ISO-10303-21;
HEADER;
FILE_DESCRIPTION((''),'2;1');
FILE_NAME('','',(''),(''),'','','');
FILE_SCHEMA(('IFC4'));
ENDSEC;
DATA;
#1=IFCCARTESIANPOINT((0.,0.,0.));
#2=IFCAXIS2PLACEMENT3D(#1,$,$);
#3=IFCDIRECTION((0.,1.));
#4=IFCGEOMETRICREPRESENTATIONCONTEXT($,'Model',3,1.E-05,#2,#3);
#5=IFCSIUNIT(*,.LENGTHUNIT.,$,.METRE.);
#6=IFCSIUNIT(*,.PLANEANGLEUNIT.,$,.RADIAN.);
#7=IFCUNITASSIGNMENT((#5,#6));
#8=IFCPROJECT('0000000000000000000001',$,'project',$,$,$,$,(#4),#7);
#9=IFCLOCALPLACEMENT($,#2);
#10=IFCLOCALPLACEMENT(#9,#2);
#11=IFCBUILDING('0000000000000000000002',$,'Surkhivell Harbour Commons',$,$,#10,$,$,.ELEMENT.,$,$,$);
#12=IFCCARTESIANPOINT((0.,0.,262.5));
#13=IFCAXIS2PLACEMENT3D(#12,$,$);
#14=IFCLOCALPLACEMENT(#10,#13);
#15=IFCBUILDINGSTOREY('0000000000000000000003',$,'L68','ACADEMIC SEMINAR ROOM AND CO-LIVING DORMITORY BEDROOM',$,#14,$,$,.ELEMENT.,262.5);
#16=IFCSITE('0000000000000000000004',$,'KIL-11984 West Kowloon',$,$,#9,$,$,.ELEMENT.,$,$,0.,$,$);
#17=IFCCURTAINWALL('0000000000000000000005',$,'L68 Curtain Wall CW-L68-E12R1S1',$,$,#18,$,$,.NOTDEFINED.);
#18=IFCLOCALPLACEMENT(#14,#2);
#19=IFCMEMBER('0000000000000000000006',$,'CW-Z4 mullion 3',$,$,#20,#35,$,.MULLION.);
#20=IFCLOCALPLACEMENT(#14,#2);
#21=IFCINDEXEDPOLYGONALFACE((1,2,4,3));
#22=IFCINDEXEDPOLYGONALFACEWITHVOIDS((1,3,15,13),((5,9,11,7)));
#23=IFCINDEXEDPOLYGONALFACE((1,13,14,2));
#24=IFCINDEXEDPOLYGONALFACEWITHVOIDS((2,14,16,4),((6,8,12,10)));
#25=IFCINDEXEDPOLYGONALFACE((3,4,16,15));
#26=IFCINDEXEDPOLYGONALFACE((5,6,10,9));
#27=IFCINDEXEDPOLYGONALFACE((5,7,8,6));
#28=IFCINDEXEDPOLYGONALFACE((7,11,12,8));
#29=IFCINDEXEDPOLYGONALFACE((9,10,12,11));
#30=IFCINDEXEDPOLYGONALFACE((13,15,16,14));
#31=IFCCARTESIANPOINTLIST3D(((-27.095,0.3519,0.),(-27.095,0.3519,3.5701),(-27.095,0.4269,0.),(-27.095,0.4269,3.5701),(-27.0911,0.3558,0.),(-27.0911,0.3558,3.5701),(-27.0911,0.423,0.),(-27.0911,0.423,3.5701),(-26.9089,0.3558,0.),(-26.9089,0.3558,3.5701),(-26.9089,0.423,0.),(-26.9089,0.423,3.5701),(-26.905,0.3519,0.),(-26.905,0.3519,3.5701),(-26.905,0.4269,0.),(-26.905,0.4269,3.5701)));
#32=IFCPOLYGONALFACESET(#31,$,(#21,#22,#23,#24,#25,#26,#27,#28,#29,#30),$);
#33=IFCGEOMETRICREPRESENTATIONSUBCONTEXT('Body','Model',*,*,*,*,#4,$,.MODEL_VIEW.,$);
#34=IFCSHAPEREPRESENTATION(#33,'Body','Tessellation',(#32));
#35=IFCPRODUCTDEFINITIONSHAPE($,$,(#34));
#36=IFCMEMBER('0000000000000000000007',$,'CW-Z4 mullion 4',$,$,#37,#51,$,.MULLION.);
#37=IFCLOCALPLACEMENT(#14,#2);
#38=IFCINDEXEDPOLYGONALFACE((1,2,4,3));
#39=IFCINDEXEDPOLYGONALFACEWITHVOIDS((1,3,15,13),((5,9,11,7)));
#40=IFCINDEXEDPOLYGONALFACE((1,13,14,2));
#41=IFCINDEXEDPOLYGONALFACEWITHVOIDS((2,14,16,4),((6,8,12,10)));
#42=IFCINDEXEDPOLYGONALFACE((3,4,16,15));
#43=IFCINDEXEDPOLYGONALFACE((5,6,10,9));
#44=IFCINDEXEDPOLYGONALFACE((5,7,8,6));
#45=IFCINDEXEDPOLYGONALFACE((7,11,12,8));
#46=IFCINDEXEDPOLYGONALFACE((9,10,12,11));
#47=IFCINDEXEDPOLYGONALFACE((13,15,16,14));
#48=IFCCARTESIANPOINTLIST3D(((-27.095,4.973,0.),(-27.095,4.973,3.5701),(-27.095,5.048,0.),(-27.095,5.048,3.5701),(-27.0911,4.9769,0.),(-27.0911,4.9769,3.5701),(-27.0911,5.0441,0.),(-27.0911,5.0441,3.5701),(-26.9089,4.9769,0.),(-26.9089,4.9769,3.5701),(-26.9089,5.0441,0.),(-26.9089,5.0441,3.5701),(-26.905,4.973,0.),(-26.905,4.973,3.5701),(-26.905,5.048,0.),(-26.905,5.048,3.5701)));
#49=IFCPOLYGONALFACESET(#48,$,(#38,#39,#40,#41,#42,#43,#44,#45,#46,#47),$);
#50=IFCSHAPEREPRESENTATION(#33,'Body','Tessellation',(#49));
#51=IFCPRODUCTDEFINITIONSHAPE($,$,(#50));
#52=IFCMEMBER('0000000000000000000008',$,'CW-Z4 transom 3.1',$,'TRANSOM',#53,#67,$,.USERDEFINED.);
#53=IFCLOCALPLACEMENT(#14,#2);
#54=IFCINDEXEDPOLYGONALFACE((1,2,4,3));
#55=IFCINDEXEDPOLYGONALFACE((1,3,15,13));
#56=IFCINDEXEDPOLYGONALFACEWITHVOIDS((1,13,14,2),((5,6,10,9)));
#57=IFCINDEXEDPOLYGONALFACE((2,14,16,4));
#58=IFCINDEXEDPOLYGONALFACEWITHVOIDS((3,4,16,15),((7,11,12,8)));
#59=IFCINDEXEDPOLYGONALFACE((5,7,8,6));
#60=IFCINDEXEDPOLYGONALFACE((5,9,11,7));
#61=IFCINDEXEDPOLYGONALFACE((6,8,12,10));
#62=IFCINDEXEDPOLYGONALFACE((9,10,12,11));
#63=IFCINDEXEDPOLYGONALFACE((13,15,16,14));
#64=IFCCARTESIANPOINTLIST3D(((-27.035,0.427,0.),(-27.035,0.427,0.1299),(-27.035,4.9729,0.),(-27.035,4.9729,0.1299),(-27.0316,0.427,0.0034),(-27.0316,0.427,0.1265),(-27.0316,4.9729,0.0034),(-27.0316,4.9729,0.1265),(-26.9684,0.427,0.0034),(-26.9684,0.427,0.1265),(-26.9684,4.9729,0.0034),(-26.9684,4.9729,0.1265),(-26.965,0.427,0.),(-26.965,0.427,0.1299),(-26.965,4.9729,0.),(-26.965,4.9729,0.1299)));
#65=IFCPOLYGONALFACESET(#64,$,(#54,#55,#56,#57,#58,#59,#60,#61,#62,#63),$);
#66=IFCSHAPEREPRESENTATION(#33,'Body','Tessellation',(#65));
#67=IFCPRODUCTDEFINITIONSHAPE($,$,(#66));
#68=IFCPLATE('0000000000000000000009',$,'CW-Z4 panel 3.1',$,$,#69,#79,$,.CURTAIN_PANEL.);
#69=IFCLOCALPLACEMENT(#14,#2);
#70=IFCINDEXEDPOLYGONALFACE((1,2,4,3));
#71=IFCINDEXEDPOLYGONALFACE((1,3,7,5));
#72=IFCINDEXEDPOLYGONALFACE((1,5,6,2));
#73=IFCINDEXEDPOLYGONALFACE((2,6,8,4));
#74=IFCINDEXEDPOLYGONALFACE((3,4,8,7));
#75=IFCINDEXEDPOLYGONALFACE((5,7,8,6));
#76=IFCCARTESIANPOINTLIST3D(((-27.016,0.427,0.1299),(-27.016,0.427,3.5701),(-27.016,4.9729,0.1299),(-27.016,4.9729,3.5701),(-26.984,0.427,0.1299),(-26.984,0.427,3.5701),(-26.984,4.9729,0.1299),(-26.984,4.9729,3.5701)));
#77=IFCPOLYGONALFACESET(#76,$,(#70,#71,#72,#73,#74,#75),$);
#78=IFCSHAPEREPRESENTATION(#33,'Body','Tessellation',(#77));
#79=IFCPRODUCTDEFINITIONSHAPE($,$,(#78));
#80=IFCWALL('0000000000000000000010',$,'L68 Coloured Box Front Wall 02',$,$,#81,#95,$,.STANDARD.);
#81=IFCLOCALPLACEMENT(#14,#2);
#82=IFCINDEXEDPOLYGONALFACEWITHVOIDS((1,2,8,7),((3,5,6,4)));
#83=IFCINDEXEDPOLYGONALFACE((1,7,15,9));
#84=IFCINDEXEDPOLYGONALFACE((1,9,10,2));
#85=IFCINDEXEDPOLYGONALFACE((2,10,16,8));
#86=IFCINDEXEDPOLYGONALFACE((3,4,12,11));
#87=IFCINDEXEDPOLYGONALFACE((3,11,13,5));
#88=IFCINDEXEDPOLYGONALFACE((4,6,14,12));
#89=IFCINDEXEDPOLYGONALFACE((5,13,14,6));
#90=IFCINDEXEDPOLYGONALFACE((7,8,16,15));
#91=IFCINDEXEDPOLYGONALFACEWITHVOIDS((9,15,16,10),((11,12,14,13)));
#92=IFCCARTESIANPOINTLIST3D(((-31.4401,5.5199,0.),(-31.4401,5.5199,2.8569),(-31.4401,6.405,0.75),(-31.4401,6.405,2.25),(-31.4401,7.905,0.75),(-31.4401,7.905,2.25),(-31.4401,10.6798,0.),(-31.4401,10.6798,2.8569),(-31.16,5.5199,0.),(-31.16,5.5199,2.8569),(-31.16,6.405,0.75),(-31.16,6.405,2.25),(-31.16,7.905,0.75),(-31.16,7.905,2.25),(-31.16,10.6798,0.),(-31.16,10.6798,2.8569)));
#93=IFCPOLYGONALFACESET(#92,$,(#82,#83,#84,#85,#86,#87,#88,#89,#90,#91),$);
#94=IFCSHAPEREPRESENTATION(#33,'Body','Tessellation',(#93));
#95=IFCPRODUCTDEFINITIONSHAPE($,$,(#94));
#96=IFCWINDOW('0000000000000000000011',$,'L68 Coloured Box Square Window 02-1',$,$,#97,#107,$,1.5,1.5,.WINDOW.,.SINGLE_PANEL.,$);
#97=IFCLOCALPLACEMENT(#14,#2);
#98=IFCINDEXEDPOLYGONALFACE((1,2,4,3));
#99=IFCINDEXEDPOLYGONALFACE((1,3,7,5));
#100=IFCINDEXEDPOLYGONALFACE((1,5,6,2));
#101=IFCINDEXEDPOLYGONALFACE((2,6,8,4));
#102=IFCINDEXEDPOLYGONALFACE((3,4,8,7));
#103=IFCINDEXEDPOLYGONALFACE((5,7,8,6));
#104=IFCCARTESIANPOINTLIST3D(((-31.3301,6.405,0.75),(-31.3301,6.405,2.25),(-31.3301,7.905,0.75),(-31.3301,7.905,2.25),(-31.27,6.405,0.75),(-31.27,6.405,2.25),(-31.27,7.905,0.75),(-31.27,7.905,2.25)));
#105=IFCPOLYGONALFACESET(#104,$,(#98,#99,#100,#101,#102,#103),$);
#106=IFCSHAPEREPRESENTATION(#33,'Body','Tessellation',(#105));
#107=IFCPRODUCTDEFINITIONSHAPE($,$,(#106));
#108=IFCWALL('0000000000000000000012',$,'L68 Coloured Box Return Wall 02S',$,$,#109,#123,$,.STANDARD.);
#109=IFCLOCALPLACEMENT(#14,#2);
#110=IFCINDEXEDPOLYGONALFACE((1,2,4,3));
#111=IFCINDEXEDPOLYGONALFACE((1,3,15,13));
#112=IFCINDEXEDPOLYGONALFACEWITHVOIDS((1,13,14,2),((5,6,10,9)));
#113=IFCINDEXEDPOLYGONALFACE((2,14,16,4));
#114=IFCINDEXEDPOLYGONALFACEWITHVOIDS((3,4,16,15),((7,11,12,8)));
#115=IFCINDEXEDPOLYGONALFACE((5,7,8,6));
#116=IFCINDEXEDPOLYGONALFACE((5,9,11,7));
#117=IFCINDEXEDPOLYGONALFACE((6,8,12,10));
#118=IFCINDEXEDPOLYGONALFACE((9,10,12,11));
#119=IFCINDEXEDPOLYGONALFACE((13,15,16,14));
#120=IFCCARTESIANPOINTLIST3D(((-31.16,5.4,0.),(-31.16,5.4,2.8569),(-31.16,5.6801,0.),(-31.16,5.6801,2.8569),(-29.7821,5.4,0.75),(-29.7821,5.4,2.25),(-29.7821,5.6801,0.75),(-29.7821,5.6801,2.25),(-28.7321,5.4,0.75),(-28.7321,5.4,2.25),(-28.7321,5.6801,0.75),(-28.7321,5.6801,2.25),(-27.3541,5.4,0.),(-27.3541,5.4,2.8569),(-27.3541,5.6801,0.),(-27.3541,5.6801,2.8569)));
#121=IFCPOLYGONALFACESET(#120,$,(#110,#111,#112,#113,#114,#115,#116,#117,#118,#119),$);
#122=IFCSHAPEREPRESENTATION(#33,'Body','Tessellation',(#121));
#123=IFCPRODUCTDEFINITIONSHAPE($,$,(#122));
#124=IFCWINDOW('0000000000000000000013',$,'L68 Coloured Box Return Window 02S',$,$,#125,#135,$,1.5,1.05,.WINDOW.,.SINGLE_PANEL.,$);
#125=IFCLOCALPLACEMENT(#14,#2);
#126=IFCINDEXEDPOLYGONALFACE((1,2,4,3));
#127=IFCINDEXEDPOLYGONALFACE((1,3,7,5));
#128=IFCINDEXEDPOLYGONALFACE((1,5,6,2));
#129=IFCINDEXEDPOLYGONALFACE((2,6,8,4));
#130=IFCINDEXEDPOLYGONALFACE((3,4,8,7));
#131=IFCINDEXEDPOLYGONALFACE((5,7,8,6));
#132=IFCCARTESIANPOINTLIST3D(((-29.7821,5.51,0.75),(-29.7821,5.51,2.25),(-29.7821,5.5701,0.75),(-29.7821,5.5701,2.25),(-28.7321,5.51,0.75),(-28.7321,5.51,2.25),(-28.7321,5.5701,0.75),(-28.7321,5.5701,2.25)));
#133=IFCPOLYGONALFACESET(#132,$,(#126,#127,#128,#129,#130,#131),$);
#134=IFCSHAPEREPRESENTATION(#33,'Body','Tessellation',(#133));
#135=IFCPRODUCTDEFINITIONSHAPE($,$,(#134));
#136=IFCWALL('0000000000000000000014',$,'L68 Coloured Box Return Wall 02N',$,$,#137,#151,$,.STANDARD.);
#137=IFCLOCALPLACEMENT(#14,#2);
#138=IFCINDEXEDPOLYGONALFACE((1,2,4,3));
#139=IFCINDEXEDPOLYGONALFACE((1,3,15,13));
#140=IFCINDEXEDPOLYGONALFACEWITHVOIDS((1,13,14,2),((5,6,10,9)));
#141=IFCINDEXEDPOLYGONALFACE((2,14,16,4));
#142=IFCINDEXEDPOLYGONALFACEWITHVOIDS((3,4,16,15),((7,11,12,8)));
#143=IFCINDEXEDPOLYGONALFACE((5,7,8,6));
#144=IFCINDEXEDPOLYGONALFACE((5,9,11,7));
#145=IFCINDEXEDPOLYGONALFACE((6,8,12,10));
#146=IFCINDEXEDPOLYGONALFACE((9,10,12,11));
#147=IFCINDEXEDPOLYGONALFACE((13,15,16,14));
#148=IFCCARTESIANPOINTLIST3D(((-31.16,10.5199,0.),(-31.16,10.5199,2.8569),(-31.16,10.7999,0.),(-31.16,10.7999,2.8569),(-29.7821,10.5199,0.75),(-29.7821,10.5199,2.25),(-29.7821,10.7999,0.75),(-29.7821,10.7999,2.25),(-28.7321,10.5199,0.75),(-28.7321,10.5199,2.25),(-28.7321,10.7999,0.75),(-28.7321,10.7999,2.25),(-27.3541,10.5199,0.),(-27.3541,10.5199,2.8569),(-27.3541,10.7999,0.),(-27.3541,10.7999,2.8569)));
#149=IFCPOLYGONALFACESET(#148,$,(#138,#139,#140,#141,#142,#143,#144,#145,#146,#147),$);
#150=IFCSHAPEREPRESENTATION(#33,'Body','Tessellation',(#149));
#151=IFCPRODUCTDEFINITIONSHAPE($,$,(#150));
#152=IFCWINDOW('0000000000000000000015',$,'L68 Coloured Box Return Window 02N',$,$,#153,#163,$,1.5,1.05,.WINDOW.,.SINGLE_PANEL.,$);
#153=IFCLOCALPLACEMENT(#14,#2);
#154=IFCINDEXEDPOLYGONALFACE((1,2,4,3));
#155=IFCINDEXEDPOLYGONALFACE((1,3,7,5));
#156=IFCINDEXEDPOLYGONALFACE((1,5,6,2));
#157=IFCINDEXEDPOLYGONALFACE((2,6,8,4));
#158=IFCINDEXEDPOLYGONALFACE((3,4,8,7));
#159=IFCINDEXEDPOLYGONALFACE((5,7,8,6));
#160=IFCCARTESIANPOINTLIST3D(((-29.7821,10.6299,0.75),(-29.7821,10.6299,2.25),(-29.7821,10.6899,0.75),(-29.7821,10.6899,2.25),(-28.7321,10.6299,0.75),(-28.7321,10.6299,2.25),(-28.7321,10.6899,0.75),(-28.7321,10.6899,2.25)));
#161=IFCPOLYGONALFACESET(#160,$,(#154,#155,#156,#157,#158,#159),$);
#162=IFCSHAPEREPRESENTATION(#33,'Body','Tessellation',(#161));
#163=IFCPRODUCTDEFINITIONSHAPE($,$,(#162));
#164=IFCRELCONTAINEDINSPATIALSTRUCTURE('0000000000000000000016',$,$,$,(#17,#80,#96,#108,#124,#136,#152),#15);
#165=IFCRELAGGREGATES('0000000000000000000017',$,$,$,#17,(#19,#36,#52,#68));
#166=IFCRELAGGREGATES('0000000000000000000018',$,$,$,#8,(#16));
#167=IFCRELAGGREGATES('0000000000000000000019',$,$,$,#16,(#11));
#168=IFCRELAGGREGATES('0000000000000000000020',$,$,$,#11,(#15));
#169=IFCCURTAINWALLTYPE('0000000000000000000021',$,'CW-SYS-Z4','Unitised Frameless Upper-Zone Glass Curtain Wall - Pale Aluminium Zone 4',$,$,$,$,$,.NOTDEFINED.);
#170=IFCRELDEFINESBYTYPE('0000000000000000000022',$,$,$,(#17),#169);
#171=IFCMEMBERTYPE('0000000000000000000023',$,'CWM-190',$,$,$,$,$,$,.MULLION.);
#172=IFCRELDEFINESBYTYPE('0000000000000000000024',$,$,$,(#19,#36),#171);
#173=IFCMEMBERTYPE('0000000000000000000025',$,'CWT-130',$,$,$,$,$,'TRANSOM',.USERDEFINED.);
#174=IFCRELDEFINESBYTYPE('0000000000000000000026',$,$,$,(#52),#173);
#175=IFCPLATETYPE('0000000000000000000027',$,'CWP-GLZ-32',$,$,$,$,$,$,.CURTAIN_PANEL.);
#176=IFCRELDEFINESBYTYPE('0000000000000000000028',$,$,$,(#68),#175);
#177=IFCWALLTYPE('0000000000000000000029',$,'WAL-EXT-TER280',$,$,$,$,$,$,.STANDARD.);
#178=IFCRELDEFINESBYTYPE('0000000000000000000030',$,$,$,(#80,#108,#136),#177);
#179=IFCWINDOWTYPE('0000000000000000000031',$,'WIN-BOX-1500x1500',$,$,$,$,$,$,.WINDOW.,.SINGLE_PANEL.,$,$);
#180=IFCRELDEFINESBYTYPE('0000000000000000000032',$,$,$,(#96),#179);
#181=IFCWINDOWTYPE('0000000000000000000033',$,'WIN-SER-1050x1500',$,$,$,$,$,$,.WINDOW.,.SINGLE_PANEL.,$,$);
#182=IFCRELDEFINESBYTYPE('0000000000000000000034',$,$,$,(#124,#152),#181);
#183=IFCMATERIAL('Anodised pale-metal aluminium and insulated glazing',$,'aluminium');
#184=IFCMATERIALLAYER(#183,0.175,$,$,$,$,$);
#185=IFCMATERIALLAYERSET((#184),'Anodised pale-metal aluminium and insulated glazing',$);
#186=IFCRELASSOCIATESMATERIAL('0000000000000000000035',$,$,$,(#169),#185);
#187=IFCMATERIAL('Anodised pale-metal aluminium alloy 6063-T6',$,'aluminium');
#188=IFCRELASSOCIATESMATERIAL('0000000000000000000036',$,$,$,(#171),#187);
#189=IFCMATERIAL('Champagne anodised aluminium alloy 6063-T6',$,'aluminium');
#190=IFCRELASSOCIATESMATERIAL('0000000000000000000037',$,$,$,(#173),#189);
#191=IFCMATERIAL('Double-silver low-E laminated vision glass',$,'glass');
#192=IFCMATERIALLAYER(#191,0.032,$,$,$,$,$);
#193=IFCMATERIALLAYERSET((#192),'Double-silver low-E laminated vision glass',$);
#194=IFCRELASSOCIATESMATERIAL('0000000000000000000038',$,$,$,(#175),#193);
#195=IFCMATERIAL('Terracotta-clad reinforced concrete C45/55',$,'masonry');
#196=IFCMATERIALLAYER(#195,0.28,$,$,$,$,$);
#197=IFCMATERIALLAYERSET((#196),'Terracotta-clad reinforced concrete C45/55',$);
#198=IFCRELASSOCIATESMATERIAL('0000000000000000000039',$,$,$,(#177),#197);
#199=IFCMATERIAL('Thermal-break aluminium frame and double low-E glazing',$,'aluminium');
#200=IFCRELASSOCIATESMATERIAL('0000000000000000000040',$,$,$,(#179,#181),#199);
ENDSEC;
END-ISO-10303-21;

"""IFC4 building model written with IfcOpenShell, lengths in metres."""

from ifc_helpers import new_model, si_unit, direction, frame, frame_2d, origin, origin_2d, place, context, subcontext, project, spatial, rectangle, hollow_rectangle, extrude, material, layer, layer_set, material_profile, profile_set, type_object, element, fill, aggregate, save


model = new_model("IFC4")

# Units and contexts
model_context = context("Model", 3, precision=1e-05, world=origin(), true_north=direction((0.0, 1.0)))
body_context = subcontext(model_context, "Body", "Model", "MODEL_VIEW")
ifc_project = project(units=[si_unit("LENGTHUNIT", "METRE"), si_unit("PLANEANGLEUNIT", "RADIAN")], contexts=[model_context])

# Site, building, storey
site_placement = place(None, origin())
site = spatial("IfcSite", under=ifc_project, at=site_placement, Name="KIL-11984 West Kowloon", CompositionType="ELEMENT", RefElevation=0.0)
building_placement = place(site_placement, origin())
building = spatial("IfcBuilding", under=site, at=building_placement, Name="Surkhivell Harbour Commons", CompositionType="ELEMENT")
storey_placement = place(building_placement, frame((0.0, 0.0, 262.5)))
storey = spatial("IfcBuildingStorey", under=building, at=storey_placement, Name="L68", Description="ACADEMIC SEMINAR ROOM AND CO-LIVING DORMITORY BEDROOM", CompositionType="ELEMENT", Elevation=262.5)

# Curtain wall, members, plate
ifc_material_1 = material(Name="Anodised pale-metal aluminium and insulated glazing", Category="aluminium")
ifc_layer_1 = layer(ifc_material_1, 0.175)
ifc_layer_set_1 = layer_set([ifc_layer_1], Name="Anodised pale-metal aluminium and insulated glazing")
curtain_wall_type = type_object("IfcCurtainWallType", Name="CW-SYS-Z4", Description="Unitised Frameless Upper-Zone Glass Curtain Wall - Pale Aluminium Zone 4", PredefinedType="NOTDEFINED", material=ifc_layer_set_1)
curtain_wall_placement = place(storey_placement, origin())
curtain_wall = element("IfcCurtainWall", 1, at=curtain_wall_placement, inside=storey, type_object=curtain_wall_type, Name="L68 Curtain Wall CW-L68-E12R1S1", PredefinedType="NOTDEFINED")
ifc_material_2 = material(Name="Anodised pale-metal aluminium alloy 6063-T6", Category="aluminium")
ifc_material_profile_1 = material_profile(ifc_material_2, hollow_rectangle(XDim=0.075, YDim=0.1899, WallThickness=0.0039, at=origin_2d()), Name="ALU-MULL-75x190")
ifc_profile_set_1 = profile_set([ifc_material_profile_1], Name="Anodised pale-metal aluminium alloy 6063-T6")
member_type_1 = type_object("IfcMemberType", Name="CWM-190", PredefinedType="MULLION", material=ifc_profile_set_1)
member_1_placement = place(storey_placement, frame((-27.0, 0.3894, 0.0), z_axis=(0.0, 0.0, 1.0), x_axis=(0.0, 1.0, 0.0)))
member_1 = element("IfcMember", 2, at=member_1_placement, type_object=member_type_1, Name="CW-Z4 mullion 3", PredefinedType="MULLION", context=body_context, shape_type="SweptSolid", body=[
    extrude(hollow_rectangle(XDim=0.075, YDim=0.1899, WallThickness=0.0039, at=origin_2d()), origin(), (0.0, 0.0, 1.0), 3.5701),
])
member_2_placement = place(storey_placement, frame((-27.0, 5.0105, 0.0), z_axis=(0.0, 0.0, 1.0), x_axis=(0.0, 1.0, 0.0)))
member_2 = element("IfcMember", 3, at=member_2_placement, type_object=member_type_1, Name="CW-Z4 mullion 4", PredefinedType="MULLION", context=body_context, shape_type="SweptSolid", body=[
    extrude(hollow_rectangle(XDim=0.075, YDim=0.1899, WallThickness=0.0039, at=origin_2d()), origin(), (0.0, 0.0, 1.0), 3.5701),
])
ifc_material_3 = material(Name="Champagne anodised aluminium alloy 6063-T6", Category="aluminium")
ifc_material_profile_2 = material_profile(ifc_material_3, hollow_rectangle(XDim=0.0701, YDim=0.1299, WallThickness=0.0034, at=origin_2d()), Name="ALU-TRAN-70x130")
ifc_profile_set_2 = profile_set([ifc_material_profile_2], Name="Champagne anodised aluminium alloy 6063-T6")
member_type_2 = type_object("IfcMemberType", Name="CWT-130", ElementType="TRANSOM", PredefinedType="USERDEFINED", material=ifc_profile_set_2)
member_3_placement = place(storey_placement, frame((-27.0, 0.427, 0.0649), z_axis=(0.0, 1.0, 0.0), x_axis=(-1.0, 0.0, 0.0)))
member_3 = element("IfcMember", 4, at=member_3_placement, type_object=member_type_2, Name="CW-Z4 transom 3.1", ObjectType="TRANSOM", PredefinedType="USERDEFINED", context=body_context, shape_type="SweptSolid", body=[
    extrude(hollow_rectangle(XDim=0.0701, YDim=0.1299, WallThickness=0.0034, at=origin_2d()), origin(), (0.0, 0.0, 1.0), 4.5459),
])
ifc_material_4 = material(Name="Double-silver low-E laminated vision glass", Category="glass")
ifc_layer_2 = layer(ifc_material_4, 0.032)
ifc_layer_set_2 = layer_set([ifc_layer_2], Name="Double-silver low-E laminated vision glass")
plate_type = type_object("IfcPlateType", Name="CWP-GLZ-32", PredefinedType="CURTAIN_PANEL", material=ifc_layer_set_2)
plate_placement = place(storey_placement, frame((-27.0, 0.427, 0.1299), z_axis=(0.0, 0.0, 1.0), x_axis=(0.0, 1.0, 0.0)))
plate = element("IfcPlate", 5, at=plate_placement, type_object=plate_type, Name="CW-Z4 panel 3.1", PredefinedType="CURTAIN_PANEL", context=body_context, shape_type="SweptSolid", body=[
    extrude(rectangle(XDim=4.5459, YDim=0.032, at=frame_2d((2.2729, 0.0))), origin(), (0.0, 0.0, 1.0), 3.4402),
])
aggregate(curtain_wall, [member_1, member_2, member_3, plate])

# Walls, openings, windows
ifc_material_5 = material(Name="Terracotta-clad reinforced concrete C45/55", Category="masonry")
ifc_layer_3 = layer(ifc_material_5, 0.28)
ifc_layer_set_3 = layer_set([ifc_layer_3], Name="Terracotta-clad reinforced concrete C45/55")
wall_type_1 = type_object("IfcWallType", Name="WAL-EXT-TER280", PredefinedType="STANDARD", material=ifc_layer_set_3)
wall_1_placement = place(storey_placement, frame((-31.3, 10.6799, 0.0), z_axis=(0.0, 0.0, 1.0), x_axis=(0.0, -1.0, 0.0)))
wall_1 = element("IfcWall", 6, at=wall_1_placement, inside=storey, type_object=wall_type_1, Name="L68 Coloured Box Front Wall 02", PredefinedType="STANDARD", context=body_context, shape_type="SweptSolid", body=[
    extrude(rectangle(XDim=5.1599, YDim=0.28, at=frame_2d((2.5801, 0.0))), origin(), (0.0, 0.0, 1.0), 2.8569),
])
opening_1_placement = place(wall_1_placement, frame((2.7749, 0.0, 0.75)))
opening_1 = element("IfcOpeningElement", 7, at=opening_1_placement, cuts=wall_1, PredefinedType="OPENING", context=body_context, shape_type="SweptSolid", body=[
    extrude(rectangle(XDim=1.5, YDim=1.5, at=frame_2d((0.75, 0.75))), frame((0.0, 0.1499, 0.0), z_axis=(0.0, -1.0, 0.0), x_axis=(1.0, 0.0, 0.0)), (0.0, 0.0, 1.0), 0.3),
])
ifc_material_6 = material(Name="Thermal-break aluminium frame and double low-E glazing", Category="aluminium")
window_type_1 = type_object("IfcWindowType", Name="WIN-BOX-1500x1500", PartitioningType="SINGLE_PANEL", PredefinedType="WINDOW", material=ifc_material_6)
window_1_placement = place(opening_1_placement, origin())
window_1 = element("IfcWindow", 8, at=window_1_placement, inside=storey, type_object=window_type_1, Name="L68 Coloured Box Square Window 02-1", OverallHeight=1.5, OverallWidth=1.5, PartitioningType="SINGLE_PANEL", PredefinedType="WINDOW", context=body_context, shape_type="SweptSolid", body=[
    extrude(rectangle(XDim=1.5, YDim=1.5, at=frame_2d((0.75, 0.75))), frame((0.0, 0.03, 0.0), z_axis=(0.0, -1.0, 0.0), x_axis=(1.0, 0.0, 0.0)), (0.0, 0.0, 1.0), 0.0601),
])
fill(opening_1, window_1)
wall_2_placement = place(storey_placement, frame((-31.1599, 5.54, 0.0), z_axis=(0.0, 0.0, 1.0), x_axis=(1.0, 0.0, 0.0)))
wall_2 = element("IfcWall", 9, at=wall_2_placement, inside=storey, type_object=wall_type_1, Name="L68 Coloured Box Return Wall 02S", PredefinedType="STANDARD", context=body_context, shape_type="SweptSolid", body=[
    extrude(rectangle(XDim=3.8059, YDim=0.28, at=frame_2d((1.9028, 0.0))), origin(), (0.0, 0.0, 1.0), 2.8569),
])
opening_2_placement = place(wall_2_placement, frame((1.3779, 0.0, 0.75)))
opening_2 = element("IfcOpeningElement", 10, at=opening_2_placement, cuts=wall_2, PredefinedType="OPENING", context=body_context, shape_type="SweptSolid", body=[
    extrude(rectangle(XDim=1.05, YDim=1.5, at=frame_2d((0.5249, 0.75))), frame((0.0, 0.1499, 0.0), z_axis=(0.0, -1.0, 0.0), x_axis=(1.0, 0.0, 0.0)), (0.0, 0.0, 1.0), 0.3),
])
window_type_2 = type_object("IfcWindowType", Name="WIN-SER-1050x1500", PartitioningType="SINGLE_PANEL", PredefinedType="WINDOW", material=ifc_material_6)
window_2_placement = place(opening_2_placement, origin())
window_2 = element("IfcWindow", 11, at=window_2_placement, inside=storey, type_object=window_type_2, Name="L68 Coloured Box Return Window 02S", OverallHeight=1.5, OverallWidth=1.05, PartitioningType="SINGLE_PANEL", PredefinedType="WINDOW", context=body_context, shape_type="SweptSolid", body=[
    extrude(rectangle(XDim=1.05, YDim=1.5, at=frame_2d((0.5249, 0.75))), frame((0.0, 0.03, 0.0), z_axis=(0.0, -1.0, 0.0), x_axis=(1.0, 0.0, 0.0)), (0.0, 0.0, 1.0), 0.0601),
])
fill(opening_2, window_2)
wall_3_placement = place(storey_placement, frame((-31.1599, 10.6599, 0.0), z_axis=(0.0, 0.0, 1.0), x_axis=(1.0, 0.0, 0.0)))
wall_3 = element("IfcWall", 12, at=wall_3_placement, inside=storey, type_object=wall_type_1, Name="L68 Coloured Box Return Wall 02N", PredefinedType="STANDARD", context=body_context, shape_type="SweptSolid", body=[
    extrude(rectangle(XDim=3.8059, YDim=0.28, at=frame_2d((1.9028, 0.0))), origin(), (0.0, 0.0, 1.0), 2.8569),
])
opening_3_placement = place(wall_3_placement, frame((1.3779, 0.0, 0.75)))
opening_3 = element("IfcOpeningElement", 13, at=opening_3_placement, cuts=wall_3, PredefinedType="OPENING", context=body_context, shape_type="SweptSolid", body=[
    extrude(rectangle(XDim=1.05, YDim=1.5, at=frame_2d((0.5249, 0.75))), frame((0.0, 0.1499, 0.0), z_axis=(0.0, -1.0, 0.0), x_axis=(1.0, 0.0, 0.0)), (0.0, 0.0, 1.0), 0.3),
])
window_3_placement = place(opening_3_placement, origin())
window_3 = element("IfcWindow", 14, at=window_3_placement, inside=storey, type_object=window_type_2, Name="L68 Coloured Box Return Window 02N", OverallHeight=1.5, OverallWidth=1.05, PartitioningType="SINGLE_PANEL", PredefinedType="WINDOW", context=body_context, shape_type="SweptSolid", body=[
    extrude(rectangle(XDim=1.05, YDim=1.5, at=frame_2d((0.5249, 0.75))), frame((0.0, 0.03, 0.0), z_axis=(0.0, -1.0, 0.0), x_axis=(1.0, 0.0, 0.0)), (0.0, 0.0, 1.0), 0.0601),
])
fill(opening_3, window_3)

save(model, "model.ifc")
